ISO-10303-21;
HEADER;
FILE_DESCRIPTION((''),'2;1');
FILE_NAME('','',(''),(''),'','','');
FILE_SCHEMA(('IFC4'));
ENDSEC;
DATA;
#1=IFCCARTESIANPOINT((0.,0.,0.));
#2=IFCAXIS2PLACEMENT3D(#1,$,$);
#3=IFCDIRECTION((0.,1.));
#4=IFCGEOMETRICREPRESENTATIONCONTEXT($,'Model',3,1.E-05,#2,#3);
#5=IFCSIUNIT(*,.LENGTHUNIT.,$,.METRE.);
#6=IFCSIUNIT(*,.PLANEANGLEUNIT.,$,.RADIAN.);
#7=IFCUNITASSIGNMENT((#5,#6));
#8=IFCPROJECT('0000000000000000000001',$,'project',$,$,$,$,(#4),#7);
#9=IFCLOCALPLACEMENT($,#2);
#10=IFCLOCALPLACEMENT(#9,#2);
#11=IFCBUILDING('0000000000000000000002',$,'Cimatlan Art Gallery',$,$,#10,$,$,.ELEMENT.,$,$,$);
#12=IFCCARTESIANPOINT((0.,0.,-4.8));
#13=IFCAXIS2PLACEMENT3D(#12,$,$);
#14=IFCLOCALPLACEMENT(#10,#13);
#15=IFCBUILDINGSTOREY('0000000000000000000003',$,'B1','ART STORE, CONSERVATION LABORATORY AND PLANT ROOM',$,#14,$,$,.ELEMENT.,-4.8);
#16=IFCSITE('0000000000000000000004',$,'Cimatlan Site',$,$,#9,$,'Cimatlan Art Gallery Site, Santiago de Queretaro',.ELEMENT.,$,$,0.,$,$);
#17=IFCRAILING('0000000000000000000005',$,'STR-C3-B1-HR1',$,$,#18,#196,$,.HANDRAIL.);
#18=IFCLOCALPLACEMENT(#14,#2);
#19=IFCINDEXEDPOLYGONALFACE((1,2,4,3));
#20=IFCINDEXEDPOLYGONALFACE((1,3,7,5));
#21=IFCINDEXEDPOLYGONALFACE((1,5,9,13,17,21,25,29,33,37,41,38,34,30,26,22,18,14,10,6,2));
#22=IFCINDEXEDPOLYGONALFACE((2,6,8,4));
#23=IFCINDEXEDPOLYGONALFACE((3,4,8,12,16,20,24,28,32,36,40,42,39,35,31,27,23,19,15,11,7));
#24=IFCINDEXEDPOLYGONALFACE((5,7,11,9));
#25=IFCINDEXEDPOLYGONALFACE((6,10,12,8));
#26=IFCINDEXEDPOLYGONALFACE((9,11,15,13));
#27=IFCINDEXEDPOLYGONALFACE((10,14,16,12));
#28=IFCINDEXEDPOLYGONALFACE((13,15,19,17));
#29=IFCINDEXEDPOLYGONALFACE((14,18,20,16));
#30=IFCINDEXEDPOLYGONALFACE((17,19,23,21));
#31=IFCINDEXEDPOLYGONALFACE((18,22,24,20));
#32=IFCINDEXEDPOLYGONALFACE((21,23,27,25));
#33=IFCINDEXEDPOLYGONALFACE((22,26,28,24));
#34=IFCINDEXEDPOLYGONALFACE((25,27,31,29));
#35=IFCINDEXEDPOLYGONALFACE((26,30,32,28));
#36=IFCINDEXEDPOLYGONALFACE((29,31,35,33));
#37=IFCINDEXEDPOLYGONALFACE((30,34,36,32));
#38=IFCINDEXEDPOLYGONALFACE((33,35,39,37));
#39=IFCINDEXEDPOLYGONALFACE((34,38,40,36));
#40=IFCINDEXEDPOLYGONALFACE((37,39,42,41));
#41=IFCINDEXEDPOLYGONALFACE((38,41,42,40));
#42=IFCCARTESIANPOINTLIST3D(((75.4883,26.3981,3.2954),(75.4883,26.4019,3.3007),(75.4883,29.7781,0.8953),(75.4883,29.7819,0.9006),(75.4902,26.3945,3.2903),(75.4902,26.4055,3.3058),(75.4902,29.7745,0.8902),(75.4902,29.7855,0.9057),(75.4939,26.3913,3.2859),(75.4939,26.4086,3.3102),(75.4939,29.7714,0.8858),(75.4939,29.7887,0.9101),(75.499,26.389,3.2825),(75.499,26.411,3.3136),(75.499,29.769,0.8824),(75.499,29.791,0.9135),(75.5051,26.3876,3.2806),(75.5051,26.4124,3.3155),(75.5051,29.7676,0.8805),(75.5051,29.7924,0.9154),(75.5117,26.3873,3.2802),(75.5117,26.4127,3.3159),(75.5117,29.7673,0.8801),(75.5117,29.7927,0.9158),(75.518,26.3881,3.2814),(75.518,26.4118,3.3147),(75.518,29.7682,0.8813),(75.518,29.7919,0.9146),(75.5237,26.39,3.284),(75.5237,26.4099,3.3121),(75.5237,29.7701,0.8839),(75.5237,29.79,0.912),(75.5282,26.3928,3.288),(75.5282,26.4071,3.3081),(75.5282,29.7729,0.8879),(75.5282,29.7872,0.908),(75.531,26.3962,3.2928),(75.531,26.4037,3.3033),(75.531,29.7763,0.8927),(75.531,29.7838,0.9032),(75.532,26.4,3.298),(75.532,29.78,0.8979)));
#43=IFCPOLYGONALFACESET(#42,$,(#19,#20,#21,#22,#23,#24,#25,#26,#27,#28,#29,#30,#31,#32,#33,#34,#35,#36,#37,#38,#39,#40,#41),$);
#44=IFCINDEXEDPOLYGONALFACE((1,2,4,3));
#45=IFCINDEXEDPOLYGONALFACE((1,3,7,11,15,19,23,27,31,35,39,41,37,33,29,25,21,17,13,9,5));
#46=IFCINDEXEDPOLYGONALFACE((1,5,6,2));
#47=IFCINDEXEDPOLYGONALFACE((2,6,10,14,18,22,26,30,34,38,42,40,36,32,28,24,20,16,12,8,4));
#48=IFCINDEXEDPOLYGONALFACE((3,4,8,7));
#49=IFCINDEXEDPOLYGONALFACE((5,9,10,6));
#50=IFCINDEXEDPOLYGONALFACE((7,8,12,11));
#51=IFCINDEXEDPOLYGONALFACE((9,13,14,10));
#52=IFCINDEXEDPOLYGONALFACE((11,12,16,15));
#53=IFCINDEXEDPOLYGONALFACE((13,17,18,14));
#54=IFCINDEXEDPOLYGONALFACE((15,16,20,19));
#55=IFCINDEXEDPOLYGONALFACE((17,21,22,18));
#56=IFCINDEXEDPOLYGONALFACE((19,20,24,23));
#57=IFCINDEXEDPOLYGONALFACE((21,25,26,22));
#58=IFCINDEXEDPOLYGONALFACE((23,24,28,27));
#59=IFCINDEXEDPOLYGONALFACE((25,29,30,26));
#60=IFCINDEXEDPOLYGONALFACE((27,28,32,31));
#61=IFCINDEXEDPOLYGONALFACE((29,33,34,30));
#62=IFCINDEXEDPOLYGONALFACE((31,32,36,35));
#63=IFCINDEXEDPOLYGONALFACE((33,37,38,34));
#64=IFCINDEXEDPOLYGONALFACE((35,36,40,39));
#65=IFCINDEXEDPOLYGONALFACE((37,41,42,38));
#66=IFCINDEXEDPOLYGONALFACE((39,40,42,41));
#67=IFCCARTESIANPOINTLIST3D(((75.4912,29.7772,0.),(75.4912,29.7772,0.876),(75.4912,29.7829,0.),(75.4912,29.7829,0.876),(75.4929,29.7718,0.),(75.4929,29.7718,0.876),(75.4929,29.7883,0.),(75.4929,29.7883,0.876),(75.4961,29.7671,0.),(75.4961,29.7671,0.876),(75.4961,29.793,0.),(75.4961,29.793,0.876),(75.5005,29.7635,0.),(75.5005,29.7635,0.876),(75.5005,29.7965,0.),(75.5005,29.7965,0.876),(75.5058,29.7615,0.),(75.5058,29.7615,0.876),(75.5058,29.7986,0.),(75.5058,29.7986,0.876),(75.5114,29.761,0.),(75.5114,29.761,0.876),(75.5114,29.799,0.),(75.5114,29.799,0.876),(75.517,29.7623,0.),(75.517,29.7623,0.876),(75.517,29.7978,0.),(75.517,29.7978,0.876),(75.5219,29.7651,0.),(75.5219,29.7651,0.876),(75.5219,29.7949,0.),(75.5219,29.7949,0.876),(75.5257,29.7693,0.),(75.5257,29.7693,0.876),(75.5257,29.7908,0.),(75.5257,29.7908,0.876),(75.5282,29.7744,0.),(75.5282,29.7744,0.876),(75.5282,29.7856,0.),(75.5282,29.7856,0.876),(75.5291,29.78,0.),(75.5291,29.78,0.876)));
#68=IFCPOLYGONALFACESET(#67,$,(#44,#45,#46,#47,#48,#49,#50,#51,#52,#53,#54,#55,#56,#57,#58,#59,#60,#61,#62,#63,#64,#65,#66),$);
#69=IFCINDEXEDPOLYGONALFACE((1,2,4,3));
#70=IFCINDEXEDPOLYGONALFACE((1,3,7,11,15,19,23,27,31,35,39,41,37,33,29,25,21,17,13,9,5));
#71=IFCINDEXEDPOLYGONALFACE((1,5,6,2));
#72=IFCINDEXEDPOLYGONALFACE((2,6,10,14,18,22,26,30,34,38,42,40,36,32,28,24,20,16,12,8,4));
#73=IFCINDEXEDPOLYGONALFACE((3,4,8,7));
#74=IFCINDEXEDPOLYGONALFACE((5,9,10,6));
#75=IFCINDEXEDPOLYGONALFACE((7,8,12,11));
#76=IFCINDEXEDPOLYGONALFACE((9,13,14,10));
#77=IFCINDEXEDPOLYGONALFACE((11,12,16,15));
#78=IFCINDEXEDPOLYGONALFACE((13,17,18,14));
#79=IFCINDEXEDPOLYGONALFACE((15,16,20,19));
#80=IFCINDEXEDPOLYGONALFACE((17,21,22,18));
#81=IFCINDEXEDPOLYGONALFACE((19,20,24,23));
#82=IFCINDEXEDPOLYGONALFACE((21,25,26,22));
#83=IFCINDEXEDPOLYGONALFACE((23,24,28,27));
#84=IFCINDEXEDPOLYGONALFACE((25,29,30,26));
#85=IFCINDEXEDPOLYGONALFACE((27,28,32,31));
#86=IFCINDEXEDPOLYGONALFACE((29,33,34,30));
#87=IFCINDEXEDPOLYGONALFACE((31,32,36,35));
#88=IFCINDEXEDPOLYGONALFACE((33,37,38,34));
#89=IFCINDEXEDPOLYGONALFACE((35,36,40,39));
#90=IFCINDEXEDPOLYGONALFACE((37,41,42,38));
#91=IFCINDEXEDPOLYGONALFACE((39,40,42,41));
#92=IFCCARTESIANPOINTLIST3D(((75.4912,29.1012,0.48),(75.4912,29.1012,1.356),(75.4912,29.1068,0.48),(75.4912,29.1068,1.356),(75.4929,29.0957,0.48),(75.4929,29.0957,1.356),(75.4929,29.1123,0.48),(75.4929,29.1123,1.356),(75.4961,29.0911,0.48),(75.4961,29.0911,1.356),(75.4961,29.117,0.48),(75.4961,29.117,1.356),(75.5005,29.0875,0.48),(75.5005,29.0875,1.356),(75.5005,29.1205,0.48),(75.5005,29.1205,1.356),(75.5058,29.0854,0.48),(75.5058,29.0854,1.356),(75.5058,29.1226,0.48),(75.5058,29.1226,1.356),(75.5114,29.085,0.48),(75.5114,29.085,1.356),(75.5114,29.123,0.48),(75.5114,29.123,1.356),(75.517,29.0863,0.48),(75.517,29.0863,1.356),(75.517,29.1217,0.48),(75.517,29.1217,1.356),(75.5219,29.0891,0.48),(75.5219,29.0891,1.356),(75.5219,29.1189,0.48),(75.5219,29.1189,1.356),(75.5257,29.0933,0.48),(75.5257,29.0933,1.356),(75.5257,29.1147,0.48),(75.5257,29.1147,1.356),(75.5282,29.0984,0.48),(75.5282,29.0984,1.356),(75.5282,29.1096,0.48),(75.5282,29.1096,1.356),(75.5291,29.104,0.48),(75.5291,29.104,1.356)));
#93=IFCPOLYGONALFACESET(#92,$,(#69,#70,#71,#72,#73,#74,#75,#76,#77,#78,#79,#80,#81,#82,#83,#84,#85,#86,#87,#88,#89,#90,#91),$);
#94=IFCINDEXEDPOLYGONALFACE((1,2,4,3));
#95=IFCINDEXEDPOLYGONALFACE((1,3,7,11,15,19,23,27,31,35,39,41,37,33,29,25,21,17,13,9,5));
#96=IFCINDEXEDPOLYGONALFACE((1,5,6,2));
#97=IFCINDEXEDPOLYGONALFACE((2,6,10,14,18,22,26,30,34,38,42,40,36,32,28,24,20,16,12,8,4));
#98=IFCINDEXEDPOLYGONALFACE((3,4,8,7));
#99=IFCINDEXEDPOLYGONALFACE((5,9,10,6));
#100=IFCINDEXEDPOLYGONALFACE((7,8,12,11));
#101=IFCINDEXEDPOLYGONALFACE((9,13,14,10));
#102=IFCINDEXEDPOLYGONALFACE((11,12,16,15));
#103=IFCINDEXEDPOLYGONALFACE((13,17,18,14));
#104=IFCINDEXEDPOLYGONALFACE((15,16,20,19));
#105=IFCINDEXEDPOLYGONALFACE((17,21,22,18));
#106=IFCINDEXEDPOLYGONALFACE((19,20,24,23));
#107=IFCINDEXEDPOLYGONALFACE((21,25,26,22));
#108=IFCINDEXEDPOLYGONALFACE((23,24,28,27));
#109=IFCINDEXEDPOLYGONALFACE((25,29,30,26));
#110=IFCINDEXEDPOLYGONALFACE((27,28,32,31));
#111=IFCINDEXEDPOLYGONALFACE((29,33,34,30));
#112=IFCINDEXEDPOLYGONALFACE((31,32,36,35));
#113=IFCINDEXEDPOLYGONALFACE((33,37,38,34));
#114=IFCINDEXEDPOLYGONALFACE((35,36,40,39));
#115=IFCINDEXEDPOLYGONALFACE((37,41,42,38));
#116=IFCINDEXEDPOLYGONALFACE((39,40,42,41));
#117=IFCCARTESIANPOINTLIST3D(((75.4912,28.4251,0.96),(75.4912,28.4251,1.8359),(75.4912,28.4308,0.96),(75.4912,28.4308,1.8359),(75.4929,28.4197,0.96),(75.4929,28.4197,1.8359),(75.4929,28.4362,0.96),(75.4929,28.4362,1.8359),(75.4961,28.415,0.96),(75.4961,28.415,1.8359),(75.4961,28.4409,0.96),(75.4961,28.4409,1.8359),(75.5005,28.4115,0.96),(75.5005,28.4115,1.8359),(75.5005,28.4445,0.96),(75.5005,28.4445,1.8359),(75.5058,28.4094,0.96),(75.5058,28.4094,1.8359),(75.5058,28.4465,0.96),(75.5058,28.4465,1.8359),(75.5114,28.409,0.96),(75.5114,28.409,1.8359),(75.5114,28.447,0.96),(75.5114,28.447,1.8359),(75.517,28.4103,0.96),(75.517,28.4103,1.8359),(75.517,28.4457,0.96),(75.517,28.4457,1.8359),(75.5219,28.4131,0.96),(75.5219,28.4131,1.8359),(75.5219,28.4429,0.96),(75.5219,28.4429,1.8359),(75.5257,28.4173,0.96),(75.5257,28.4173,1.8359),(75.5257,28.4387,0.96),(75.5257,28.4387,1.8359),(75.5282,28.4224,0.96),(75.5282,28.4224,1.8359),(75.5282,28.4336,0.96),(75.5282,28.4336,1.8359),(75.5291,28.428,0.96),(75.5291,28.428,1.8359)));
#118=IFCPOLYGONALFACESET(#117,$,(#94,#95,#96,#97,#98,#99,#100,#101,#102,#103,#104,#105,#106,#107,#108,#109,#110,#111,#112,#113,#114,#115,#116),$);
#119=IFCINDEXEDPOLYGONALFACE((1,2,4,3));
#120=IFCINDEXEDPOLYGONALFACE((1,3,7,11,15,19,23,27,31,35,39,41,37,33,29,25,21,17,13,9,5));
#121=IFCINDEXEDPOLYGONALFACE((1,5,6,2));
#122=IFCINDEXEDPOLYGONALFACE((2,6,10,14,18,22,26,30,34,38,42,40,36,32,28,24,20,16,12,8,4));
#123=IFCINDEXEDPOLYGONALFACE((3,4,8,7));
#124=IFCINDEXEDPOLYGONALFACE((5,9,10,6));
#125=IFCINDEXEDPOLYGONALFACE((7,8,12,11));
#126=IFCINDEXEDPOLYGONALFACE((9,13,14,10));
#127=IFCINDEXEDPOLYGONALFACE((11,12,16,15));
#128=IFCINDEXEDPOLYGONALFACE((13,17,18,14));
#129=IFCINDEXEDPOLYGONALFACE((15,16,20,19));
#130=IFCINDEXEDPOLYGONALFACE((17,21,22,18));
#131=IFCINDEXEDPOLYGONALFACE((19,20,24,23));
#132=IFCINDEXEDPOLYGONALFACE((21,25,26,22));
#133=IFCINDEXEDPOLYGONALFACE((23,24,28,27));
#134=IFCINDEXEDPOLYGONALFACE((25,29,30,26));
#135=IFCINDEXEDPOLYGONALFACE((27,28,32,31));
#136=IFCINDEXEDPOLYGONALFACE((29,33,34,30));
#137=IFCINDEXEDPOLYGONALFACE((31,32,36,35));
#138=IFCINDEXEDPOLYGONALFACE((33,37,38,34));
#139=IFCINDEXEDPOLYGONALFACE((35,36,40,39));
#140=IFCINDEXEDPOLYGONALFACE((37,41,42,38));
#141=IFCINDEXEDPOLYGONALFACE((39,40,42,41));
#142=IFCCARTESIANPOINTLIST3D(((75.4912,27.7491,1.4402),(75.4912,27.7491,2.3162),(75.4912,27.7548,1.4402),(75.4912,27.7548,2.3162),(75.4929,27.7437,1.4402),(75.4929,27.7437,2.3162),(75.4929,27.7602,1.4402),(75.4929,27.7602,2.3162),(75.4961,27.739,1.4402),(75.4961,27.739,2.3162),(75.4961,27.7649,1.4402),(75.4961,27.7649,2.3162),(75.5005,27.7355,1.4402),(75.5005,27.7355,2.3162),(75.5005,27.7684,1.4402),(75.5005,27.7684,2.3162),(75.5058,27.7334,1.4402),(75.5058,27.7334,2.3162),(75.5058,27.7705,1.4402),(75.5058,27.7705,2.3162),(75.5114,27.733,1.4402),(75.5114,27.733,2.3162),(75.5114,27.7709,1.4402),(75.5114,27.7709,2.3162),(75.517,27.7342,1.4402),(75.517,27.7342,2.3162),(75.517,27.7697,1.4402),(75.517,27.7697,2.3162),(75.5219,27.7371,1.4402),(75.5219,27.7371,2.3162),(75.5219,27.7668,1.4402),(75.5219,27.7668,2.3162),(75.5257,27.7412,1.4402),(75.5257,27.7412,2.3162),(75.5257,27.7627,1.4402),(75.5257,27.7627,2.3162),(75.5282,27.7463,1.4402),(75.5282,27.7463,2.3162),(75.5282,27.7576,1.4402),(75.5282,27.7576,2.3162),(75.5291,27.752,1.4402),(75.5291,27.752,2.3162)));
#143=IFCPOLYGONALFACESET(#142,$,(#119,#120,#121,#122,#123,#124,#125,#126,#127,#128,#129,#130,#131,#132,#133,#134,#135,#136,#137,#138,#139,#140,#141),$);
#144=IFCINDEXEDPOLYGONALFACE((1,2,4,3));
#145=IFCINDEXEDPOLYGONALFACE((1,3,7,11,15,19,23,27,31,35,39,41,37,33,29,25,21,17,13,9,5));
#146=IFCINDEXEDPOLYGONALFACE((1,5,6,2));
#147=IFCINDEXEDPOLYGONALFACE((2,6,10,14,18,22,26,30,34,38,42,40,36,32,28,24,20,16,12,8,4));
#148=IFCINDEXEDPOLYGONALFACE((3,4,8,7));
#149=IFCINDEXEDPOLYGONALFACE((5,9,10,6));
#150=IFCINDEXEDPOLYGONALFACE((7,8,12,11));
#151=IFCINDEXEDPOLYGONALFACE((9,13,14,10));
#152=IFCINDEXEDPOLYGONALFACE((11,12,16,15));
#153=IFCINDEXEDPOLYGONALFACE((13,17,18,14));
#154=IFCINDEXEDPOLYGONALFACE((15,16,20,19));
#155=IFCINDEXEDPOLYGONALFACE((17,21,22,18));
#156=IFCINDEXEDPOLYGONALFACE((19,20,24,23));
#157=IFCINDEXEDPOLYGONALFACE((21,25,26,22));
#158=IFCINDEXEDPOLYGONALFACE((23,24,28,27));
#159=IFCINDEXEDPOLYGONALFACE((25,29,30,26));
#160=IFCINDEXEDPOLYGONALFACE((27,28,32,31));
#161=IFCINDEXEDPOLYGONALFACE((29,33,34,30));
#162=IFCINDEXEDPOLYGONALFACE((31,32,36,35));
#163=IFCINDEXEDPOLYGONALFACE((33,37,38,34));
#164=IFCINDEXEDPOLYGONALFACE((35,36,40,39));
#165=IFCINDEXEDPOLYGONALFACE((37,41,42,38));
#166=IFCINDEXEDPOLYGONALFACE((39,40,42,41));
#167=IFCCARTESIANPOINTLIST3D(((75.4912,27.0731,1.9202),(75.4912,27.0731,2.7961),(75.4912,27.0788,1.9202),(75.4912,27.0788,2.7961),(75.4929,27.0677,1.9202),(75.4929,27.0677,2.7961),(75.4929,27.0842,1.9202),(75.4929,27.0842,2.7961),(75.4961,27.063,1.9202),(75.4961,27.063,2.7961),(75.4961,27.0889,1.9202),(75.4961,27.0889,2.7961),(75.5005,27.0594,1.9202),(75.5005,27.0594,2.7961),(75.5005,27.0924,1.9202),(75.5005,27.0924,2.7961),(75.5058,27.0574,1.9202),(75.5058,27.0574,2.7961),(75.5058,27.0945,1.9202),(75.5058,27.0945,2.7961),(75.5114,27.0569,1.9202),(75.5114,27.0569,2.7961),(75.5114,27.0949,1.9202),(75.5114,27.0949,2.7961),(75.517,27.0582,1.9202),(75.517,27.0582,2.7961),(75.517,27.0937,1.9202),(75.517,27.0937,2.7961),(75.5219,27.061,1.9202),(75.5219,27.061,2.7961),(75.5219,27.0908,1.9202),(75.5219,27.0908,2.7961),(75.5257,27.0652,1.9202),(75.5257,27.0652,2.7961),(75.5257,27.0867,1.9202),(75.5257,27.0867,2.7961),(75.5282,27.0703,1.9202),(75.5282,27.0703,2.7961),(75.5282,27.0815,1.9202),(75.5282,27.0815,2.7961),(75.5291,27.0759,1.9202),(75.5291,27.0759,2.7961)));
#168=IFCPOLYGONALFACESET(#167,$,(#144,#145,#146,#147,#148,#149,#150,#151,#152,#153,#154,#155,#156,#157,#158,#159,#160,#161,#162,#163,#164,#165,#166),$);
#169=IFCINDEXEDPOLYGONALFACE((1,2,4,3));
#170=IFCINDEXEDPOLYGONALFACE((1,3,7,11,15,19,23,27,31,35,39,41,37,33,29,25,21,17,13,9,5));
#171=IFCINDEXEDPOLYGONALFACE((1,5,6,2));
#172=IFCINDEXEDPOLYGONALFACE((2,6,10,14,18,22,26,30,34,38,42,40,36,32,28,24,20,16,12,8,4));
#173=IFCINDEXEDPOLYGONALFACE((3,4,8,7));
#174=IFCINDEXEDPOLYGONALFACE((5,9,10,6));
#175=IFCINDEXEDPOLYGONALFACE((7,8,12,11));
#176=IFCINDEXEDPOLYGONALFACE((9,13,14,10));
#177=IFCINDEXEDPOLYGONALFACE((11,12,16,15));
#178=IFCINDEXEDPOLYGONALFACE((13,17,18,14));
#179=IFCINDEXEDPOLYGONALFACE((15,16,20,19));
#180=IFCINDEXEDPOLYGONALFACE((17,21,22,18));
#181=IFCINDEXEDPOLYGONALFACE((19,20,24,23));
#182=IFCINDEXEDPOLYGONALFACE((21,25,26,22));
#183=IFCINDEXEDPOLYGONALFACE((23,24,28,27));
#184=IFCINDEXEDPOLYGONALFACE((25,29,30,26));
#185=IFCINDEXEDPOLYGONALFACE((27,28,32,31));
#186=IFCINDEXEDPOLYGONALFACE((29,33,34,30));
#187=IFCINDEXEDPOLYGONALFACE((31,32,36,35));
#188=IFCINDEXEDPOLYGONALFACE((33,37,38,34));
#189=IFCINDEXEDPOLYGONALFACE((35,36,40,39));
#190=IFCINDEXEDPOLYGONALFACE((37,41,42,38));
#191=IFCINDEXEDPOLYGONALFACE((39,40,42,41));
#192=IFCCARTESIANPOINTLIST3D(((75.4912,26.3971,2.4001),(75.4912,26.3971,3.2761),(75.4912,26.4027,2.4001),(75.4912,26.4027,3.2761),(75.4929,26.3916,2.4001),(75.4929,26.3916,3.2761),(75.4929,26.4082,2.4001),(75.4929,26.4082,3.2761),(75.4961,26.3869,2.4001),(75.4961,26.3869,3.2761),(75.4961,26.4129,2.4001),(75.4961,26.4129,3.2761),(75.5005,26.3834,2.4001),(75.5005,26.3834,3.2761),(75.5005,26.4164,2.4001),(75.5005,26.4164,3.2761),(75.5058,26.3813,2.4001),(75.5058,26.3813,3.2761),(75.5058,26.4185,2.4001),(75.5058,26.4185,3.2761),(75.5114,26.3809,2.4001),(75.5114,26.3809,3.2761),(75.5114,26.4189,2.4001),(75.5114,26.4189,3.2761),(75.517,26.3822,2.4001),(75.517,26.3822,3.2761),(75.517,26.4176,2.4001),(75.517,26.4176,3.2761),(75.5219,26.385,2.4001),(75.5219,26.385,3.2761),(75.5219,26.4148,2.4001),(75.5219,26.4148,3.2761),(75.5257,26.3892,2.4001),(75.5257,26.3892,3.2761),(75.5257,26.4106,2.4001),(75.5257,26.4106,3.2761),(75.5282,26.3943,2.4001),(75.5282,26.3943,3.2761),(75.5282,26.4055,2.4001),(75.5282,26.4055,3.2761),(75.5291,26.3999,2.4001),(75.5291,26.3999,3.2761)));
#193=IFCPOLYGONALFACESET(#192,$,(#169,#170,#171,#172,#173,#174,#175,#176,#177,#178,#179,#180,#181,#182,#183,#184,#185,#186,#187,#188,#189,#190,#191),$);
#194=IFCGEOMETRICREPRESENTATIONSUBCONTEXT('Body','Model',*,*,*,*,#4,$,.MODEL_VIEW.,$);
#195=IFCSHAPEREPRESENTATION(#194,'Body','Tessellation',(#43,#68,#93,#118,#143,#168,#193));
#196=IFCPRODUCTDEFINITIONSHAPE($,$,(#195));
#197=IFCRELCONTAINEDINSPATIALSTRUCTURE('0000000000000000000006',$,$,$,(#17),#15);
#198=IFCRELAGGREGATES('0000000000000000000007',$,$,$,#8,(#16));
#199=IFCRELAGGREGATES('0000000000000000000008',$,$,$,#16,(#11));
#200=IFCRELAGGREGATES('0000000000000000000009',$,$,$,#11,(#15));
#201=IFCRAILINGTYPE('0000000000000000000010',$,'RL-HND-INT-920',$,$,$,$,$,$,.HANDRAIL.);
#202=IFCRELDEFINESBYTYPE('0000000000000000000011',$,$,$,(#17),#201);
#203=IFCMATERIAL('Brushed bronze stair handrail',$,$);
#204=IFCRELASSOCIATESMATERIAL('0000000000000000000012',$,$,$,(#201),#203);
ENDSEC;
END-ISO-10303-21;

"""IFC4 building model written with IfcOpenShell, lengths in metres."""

from ifc_helpers import new_model, si_unit, direction, frame, origin, origin_2d, place, context, subcontext, project, spatial, circle, extrude, material, type_object, element, save


model = new_model("IFC4")

# Units and contexts
model_context = context("Model", 3, precision=1e-05, world=origin(), true_north=direction((0.0, 1.0)))
body_context = subcontext(model_context, "Body", "Model", "MODEL_VIEW")
ifc_project = project(units=[si_unit("LENGTHUNIT", "METRE"), si_unit("PLANEANGLEUNIT", "RADIAN")], contexts=[model_context])

# Site, building, storey
site_placement = place(None, origin())
site = spatial("IfcSite", under=ifc_project, at=site_placement, Name="Cimatlan Site", LongName="Cimatlan Art Gallery Site, Santiago de Queretaro", CompositionType="ELEMENT", RefElevation=0.0)
building_placement = place(site_placement, origin())
building = spatial("IfcBuilding", under=site, at=building_placement, Name="Cimatlan Art Gallery", CompositionType="ELEMENT")
storey_placement = place(building_placement, frame((0.0, 0.0, -4.8)))
storey = spatial("IfcBuildingStorey", under=building, at=storey_placement, Name="B1", Description="ART STORE, CONSERVATION LABORATORY AND PLANT ROOM", CompositionType="ELEMENT", Elevation=-4.8)

# Railing
ifc_material_1 = material(Name="Brushed bronze stair handrail")
railing_type_1 = type_object("IfcRailingType", Name="RL-HND-INT-920", PredefinedType="HANDRAIL", material=ifc_material_1)
railing_1_placement = place(storey_placement, frame((75.51, 29.78, 0.0)))
element("IfcRailing", 1, at=railing_1_placement, inside=storey, type_object=railing_type_1, Name="STR-C3-B1-HR1", PredefinedType="HANDRAIL", context=body_context, shape_type="SweptSolid", body=[
    extrude(circle(Radius=0.022, at=origin_2d()), frame((0.0, 0.0, 0.8979), z_axis=(0.0, -0.815354, 0.578963), x_axis=(1.0, 0.0, 0.0)), (0.0, 0.0, 1.0), 4.1455),
    extrude(circle(Radius=0.019, at=origin_2d()), origin(), (0.0, 0.0, 1.0), 0.876),
    extrude(circle(Radius=0.019, at=origin_2d()), frame((0.0, -0.676, 0.48)), (0.0, 0.0, 1.0), 0.876),
    extrude(circle(Radius=0.019, at=origin_2d()), frame((0.0, -1.3521, 0.96)), (0.0, 0.0, 1.0), 0.876),
    extrude(circle(Radius=0.019, at=origin_2d()), frame((0.0, -2.0281, 1.4402)), (0.0, 0.0, 1.0), 0.876),
    extrude(circle(Radius=0.019, at=origin_2d()), frame((0.0, -2.7041, 1.9202)), (0.0, 0.0, 1.0), 0.876),
    extrude(circle(Radius=0.019, at=origin_2d()), frame((0.0, -3.3801, 2.4001)), (0.0, 0.0, 1.0), 0.876),
])

save(model, "model.ifc")
